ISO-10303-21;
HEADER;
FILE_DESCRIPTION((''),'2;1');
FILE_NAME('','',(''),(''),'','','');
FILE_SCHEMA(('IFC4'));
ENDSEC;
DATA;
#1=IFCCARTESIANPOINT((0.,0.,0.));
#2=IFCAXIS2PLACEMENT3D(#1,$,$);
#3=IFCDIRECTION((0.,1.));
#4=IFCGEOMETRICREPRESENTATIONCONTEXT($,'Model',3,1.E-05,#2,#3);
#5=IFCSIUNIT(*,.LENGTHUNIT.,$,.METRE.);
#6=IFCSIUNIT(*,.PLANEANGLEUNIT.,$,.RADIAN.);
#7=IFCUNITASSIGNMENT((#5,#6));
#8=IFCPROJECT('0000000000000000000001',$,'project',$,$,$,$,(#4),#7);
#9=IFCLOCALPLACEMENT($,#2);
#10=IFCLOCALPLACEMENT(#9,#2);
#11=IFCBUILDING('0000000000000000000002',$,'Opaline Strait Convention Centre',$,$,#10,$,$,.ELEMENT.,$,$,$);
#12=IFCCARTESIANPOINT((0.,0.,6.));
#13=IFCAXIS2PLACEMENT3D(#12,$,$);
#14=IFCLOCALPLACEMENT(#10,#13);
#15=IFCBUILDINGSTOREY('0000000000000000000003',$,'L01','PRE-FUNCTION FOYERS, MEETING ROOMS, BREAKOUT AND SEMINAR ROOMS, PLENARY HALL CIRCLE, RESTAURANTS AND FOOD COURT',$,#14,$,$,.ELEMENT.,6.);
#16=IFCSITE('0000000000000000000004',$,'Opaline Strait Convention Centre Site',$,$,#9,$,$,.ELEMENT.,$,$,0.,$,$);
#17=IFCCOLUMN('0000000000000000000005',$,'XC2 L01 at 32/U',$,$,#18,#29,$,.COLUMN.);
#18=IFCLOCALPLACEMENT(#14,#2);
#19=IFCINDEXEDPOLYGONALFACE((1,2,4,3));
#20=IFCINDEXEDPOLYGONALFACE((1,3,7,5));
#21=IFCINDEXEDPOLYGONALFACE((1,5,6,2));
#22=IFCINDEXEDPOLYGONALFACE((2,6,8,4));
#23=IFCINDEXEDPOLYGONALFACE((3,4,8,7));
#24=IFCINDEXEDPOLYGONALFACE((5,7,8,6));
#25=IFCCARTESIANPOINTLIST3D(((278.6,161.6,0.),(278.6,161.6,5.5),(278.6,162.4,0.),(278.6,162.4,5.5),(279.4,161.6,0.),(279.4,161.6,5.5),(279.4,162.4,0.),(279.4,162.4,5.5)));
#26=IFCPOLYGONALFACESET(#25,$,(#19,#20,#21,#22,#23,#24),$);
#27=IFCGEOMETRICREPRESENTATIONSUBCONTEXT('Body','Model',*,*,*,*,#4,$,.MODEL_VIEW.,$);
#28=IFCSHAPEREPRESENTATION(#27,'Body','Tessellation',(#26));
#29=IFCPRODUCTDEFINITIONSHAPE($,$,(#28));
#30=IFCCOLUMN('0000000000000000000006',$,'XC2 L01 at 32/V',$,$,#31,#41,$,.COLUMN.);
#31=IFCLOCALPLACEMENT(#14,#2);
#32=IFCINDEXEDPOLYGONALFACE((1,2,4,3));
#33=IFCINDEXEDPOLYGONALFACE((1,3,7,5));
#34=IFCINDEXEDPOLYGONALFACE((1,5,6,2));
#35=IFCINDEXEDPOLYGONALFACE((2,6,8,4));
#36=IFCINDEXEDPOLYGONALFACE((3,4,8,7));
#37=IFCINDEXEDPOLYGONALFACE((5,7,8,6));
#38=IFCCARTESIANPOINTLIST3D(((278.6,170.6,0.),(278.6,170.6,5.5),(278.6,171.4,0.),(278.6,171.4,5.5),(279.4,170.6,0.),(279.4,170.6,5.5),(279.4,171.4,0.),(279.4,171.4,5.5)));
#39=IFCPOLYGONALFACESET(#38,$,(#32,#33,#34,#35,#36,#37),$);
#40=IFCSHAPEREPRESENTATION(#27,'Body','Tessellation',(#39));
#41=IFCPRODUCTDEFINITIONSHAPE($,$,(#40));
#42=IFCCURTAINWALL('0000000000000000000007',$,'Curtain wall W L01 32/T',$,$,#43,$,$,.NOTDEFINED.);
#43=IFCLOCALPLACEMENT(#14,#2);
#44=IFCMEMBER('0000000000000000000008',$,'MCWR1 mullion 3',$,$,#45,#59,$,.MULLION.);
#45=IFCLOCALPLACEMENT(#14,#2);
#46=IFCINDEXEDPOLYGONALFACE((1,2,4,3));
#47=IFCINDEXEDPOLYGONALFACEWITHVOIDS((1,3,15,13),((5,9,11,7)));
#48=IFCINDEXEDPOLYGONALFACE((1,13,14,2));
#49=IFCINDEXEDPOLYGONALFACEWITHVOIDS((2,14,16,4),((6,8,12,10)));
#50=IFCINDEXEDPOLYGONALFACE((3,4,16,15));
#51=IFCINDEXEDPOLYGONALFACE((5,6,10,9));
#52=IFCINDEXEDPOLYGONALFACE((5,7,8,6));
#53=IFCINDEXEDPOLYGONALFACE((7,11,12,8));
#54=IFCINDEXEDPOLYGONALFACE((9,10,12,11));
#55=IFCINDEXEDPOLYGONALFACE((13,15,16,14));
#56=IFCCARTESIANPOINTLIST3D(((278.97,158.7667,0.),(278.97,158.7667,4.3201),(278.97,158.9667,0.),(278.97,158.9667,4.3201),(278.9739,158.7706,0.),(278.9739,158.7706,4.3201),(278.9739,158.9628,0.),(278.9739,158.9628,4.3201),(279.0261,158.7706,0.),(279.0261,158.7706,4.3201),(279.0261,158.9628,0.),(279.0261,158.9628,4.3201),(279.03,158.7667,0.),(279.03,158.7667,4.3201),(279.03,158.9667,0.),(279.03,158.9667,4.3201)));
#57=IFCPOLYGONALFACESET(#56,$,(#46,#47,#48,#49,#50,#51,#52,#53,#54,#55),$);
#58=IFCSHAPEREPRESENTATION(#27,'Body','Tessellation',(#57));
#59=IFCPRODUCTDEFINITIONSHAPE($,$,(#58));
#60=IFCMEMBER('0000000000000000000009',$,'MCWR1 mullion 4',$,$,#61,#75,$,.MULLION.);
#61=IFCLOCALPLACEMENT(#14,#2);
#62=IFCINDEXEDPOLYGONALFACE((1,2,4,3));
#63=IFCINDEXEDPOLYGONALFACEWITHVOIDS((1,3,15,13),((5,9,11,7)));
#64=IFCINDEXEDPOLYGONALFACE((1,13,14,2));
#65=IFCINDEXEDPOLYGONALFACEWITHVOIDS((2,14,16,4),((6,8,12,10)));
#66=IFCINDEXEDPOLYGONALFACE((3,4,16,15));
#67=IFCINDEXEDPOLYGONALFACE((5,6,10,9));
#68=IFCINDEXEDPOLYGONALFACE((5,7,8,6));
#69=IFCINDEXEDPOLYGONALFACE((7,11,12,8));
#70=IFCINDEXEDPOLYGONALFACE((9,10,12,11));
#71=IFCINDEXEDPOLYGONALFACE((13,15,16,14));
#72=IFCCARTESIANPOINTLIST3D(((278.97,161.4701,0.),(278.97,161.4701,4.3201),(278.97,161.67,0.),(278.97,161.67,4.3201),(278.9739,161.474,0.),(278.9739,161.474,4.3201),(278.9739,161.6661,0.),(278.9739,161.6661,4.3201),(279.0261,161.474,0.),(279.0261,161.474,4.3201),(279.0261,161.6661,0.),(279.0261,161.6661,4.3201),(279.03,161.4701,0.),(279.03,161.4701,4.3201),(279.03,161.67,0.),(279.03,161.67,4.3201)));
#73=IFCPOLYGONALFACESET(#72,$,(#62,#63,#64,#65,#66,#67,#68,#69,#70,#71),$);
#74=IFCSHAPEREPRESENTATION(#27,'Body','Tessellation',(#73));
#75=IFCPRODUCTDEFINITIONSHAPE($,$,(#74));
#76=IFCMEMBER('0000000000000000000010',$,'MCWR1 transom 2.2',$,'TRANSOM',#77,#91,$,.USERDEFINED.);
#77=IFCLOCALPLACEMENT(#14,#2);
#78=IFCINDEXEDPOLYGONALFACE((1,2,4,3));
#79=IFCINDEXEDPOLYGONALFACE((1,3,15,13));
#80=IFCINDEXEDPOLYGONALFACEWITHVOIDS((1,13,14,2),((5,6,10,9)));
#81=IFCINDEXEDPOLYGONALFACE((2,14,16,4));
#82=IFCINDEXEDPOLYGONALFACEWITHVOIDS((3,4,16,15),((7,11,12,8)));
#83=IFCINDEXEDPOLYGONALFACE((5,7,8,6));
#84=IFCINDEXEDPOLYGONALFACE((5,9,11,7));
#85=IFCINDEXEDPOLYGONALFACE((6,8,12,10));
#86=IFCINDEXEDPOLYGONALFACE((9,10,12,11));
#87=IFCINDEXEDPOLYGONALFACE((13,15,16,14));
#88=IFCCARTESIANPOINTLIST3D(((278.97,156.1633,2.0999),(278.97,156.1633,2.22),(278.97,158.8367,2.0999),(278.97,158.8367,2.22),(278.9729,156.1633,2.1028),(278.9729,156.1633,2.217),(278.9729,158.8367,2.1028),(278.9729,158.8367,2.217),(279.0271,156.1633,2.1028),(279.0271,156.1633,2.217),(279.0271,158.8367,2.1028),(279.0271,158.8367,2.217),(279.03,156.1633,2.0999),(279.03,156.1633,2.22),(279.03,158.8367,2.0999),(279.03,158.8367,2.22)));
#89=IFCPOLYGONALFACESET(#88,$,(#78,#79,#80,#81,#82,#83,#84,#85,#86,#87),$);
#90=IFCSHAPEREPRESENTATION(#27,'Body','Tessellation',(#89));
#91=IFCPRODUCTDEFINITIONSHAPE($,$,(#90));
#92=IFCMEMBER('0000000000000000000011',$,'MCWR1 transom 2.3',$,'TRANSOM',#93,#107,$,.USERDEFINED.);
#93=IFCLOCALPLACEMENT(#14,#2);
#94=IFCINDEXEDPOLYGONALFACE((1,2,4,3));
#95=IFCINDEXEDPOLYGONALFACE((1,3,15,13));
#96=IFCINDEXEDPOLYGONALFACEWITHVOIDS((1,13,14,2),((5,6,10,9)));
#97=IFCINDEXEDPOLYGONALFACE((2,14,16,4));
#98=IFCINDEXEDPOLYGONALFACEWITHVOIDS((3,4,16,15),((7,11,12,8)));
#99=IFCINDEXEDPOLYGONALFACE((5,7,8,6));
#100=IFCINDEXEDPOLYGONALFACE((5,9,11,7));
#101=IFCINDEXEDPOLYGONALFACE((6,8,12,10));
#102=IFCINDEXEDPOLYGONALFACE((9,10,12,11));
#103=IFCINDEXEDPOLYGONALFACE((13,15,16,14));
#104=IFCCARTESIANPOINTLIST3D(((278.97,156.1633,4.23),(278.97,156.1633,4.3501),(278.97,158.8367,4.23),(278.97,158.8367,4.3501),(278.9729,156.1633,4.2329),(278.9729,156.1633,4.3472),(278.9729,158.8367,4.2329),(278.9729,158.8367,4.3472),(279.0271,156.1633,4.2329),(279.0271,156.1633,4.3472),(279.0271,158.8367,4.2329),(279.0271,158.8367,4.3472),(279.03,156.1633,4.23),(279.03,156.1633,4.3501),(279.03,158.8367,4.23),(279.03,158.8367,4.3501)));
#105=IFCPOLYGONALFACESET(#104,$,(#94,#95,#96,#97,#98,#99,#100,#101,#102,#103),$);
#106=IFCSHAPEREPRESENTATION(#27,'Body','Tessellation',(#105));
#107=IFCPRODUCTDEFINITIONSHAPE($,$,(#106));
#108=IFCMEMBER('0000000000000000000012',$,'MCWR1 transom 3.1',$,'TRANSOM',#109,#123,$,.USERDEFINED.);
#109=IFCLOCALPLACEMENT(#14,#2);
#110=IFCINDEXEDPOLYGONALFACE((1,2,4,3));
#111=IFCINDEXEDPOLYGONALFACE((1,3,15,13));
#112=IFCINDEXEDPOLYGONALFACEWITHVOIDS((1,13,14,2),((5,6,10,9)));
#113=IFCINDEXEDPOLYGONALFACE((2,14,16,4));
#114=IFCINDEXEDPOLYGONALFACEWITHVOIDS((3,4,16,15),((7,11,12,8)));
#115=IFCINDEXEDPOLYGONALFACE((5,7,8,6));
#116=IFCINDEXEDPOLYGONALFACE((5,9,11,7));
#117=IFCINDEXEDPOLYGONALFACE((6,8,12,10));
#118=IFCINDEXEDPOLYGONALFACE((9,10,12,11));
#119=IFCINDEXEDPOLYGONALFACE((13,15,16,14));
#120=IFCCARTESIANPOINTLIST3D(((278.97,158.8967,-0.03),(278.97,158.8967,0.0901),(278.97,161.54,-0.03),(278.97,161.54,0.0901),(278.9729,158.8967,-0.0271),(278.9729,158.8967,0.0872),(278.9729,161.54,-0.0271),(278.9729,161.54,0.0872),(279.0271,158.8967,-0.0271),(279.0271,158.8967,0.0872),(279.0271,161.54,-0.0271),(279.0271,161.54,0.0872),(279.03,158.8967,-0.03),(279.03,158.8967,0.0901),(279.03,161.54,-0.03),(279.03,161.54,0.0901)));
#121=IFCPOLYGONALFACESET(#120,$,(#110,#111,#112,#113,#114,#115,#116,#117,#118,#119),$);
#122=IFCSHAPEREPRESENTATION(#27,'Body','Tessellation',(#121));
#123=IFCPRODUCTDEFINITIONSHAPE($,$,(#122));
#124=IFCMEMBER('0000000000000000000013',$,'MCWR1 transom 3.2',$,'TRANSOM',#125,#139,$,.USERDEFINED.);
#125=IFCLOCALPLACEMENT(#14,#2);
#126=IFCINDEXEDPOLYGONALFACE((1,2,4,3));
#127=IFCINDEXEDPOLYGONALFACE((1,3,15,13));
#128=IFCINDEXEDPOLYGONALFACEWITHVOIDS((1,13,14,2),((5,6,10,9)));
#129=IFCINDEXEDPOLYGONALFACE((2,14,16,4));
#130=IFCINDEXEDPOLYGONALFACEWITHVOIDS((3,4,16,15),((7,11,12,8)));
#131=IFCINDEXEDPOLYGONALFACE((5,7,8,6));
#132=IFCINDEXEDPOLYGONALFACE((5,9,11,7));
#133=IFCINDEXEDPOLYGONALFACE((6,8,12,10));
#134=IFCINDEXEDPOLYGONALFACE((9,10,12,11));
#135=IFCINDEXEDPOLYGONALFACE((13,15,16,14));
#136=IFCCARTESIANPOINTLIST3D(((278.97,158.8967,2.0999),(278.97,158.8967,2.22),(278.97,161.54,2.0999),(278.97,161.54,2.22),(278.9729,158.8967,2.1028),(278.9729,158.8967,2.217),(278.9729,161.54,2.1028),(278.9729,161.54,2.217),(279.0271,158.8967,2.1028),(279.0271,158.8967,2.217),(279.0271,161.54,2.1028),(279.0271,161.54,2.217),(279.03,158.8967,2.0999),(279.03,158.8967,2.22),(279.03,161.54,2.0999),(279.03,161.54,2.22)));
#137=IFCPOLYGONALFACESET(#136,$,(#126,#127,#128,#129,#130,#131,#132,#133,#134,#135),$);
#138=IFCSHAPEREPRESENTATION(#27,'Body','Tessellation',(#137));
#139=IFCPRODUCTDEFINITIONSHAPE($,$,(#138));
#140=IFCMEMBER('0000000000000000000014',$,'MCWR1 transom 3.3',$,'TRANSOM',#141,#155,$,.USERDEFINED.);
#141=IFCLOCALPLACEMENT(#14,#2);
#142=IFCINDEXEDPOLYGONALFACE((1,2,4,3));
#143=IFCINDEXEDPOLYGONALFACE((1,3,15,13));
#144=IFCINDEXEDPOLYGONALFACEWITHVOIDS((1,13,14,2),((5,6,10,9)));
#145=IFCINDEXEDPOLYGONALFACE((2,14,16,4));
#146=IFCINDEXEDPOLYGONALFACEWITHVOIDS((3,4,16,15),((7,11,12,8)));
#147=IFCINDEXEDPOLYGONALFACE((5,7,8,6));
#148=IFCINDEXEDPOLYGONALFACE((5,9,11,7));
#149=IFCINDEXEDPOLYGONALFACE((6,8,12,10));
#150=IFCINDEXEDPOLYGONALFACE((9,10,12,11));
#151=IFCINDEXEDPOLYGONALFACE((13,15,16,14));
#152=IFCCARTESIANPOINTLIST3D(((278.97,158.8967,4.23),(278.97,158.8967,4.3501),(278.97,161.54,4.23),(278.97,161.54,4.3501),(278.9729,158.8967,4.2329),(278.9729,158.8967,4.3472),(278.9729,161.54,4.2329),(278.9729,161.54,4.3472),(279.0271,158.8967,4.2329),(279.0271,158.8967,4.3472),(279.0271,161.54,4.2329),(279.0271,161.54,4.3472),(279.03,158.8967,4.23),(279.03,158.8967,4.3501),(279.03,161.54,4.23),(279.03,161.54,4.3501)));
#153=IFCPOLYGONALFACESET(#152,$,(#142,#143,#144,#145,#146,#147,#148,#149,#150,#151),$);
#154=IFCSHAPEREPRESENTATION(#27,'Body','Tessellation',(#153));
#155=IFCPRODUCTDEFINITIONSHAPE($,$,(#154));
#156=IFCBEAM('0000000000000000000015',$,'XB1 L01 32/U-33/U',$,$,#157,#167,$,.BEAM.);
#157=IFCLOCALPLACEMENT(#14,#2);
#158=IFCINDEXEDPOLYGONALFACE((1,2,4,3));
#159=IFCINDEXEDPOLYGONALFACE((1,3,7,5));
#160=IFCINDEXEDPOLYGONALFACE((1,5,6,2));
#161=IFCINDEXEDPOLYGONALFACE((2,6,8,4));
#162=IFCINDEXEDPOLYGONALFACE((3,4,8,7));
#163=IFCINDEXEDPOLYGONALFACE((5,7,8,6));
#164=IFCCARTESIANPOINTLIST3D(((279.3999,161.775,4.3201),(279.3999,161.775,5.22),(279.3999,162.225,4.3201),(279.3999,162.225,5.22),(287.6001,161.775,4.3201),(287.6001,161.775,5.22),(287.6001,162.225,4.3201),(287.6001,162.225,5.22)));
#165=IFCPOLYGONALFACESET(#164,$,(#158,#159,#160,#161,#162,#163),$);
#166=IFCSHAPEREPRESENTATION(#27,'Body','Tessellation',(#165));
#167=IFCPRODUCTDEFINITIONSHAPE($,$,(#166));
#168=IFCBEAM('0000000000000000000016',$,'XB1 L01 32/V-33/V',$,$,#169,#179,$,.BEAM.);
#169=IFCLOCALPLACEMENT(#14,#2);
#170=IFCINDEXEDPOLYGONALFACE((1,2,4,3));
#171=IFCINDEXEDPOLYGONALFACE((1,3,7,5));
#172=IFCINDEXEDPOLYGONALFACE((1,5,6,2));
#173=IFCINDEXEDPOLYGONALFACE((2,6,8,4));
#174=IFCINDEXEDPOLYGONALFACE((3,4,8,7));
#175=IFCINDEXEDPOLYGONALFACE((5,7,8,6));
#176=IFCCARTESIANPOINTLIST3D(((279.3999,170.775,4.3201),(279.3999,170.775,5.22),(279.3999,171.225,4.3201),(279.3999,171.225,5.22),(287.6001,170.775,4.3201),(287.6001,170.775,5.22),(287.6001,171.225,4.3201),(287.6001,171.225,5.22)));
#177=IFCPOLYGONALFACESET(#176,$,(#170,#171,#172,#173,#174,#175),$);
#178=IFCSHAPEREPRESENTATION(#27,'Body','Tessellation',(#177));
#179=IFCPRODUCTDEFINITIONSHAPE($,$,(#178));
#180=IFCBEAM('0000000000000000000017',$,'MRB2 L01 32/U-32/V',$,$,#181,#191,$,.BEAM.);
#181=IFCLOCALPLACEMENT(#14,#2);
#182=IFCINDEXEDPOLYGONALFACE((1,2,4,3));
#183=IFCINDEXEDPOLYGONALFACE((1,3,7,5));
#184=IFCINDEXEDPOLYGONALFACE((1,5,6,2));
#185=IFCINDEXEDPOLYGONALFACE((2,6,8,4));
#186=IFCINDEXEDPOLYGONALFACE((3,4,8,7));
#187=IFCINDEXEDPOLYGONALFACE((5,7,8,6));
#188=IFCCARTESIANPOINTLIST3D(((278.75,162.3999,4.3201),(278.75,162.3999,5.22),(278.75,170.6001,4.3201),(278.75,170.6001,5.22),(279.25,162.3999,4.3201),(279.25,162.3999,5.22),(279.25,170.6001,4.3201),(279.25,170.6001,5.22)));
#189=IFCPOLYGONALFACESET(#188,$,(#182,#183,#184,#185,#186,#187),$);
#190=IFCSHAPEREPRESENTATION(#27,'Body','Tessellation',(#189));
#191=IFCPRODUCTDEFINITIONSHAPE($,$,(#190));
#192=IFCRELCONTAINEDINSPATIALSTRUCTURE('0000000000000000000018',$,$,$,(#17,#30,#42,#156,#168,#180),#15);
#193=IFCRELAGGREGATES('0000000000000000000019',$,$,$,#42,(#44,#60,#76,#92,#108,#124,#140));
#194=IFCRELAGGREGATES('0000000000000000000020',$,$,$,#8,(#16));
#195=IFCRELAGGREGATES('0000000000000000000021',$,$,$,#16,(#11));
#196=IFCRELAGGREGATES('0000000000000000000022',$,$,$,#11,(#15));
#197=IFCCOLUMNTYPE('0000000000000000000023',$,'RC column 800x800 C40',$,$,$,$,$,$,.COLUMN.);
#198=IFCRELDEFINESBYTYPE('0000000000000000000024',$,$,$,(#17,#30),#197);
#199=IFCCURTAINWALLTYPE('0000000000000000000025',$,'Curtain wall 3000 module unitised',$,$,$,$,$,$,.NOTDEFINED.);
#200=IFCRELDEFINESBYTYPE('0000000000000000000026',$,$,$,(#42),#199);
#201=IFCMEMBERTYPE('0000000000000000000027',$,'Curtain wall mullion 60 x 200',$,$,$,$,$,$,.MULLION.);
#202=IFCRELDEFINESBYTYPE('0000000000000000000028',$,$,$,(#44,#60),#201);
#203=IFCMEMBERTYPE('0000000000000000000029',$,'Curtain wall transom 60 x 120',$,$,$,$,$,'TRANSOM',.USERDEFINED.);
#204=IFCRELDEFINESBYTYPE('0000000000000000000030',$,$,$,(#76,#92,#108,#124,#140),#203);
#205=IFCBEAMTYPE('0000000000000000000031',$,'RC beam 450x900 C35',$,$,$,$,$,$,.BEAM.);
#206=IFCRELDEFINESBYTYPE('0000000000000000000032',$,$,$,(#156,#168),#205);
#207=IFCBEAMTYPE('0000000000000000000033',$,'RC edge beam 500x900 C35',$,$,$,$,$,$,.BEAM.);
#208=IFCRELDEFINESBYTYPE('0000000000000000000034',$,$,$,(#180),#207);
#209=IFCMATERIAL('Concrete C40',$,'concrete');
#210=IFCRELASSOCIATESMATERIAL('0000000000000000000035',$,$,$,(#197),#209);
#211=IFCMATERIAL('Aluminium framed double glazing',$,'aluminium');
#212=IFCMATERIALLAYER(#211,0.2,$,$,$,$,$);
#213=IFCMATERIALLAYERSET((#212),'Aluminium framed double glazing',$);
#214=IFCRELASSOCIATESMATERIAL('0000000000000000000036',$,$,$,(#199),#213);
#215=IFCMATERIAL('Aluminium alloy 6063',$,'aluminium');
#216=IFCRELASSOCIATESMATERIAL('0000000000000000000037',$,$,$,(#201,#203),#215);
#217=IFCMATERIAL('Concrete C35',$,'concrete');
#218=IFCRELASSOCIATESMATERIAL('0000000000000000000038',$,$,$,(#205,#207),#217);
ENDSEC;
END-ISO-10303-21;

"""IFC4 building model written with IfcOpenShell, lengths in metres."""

from ifc_helpers import new_model, si_unit, direction, frame, origin, origin_2d, place, context, subcontext, project, spatial, rectangle, hollow_rectangle, extrude, material, layer, layer_set, material_profile, profile_set, type_object, element, aggregate, save


model = new_model("IFC4")

# Units and contexts
model_context = context("Model", 3, precision=1e-05, world=origin(), true_north=direction((0.0, 1.0)))
body_context = subcontext(model_context, "Body", "Model", "MODEL_VIEW")
ifc_project = project(units=[si_unit("LENGTHUNIT", "METRE"), si_unit("PLANEANGLEUNIT", "RADIAN")], contexts=[model_context])

# Site, building, storey
site_placement = place(None, origin())
site = spatial("IfcSite", under=ifc_project, at=site_placement, Name="Opaline Strait Convention Centre Site", CompositionType="ELEMENT", RefElevation=0.0)
building_placement = place(site_placement, origin())
building = spatial("IfcBuilding", under=site, at=building_placement, Name="Opaline Strait Convention Centre", CompositionType="ELEMENT")
storey_placement = place(building_placement, frame((0.0, 0.0, 6.0)))
storey = spatial("IfcBuildingStorey", under=building, at=storey_placement, Name="L01", Description="PRE-FUNCTION FOYERS, MEETING ROOMS, BREAKOUT AND SEMINAR ROOMS, PLENARY HALL CIRCLE, RESTAURANTS AND FOOD COURT", CompositionType="ELEMENT", Elevation=6.0)

# Columns
ifc_material_1 = material(Name="Concrete C40", Category="concrete")
ifc_material_profile_1 = material_profile(ifc_material_1, rectangle(XDim=0.8, YDim=0.8, at=origin_2d()), Name="RC 800x800")
ifc_profile_set_1 = profile_set([ifc_material_profile_1], Name="Concrete C40")
column_type = type_object("IfcColumnType", Name="RC column 800x800 C40", PredefinedType="COLUMN", material=ifc_profile_set_1)
for number, where, z_axis, x_axis, name in (
    (1, (279.0, 162.0, 0.0), (0.0, 0.0, 1.0), (1.0, 0.0, 0.0), "XC2 L01 at 32/U"),
    (2, (279.0, 171.0, 0.0), (0.0, 0.0, 1.0), (1.0, 0.0, 0.0), "XC2 L01 at 32/V"),
):
    element("IfcColumn", number, at=place(storey_placement, frame(where, z_axis=z_axis, x_axis=x_axis)), inside=storey, type_object=column_type, Name=name, PredefinedType="COLUMN", context=body_context, shape_type="SweptSolid", body=[
        extrude(rectangle(XDim=0.8, YDim=0.8, at=origin_2d()), origin(), (0.0, 0.0, 1.0), 5.5),
    ])

# Curtain wall, members
ifc_material_2 = material(Name="Aluminium framed double glazing", Category="aluminium")
ifc_layer_1 = layer(ifc_material_2, 0.2)
ifc_layer_set_1 = layer_set([ifc_layer_1], Name="Aluminium framed double glazing")
curtain_wall_type = type_object("IfcCurtainWallType", Name="Curtain wall 3000 module unitised", PredefinedType="NOTDEFINED", material=ifc_layer_set_1)
curtain_wall_placement = place(storey_placement, origin())
curtain_wall = element("IfcCurtainWall", 3, at=curtain_wall_placement, inside=storey, type_object=curtain_wall_type, Name="Curtain wall W L01 32/T", PredefinedType="NOTDEFINED")
ifc_material_3 = material(Name="Aluminium alloy 6063", Category="aluminium")
ifc_material_profile_2 = material_profile(ifc_material_3, hollow_rectangle(XDim=0.0601, YDim=0.2, WallThickness=0.0039, at=origin_2d()), Name="MULLION 60x200x4")
ifc_profile_set_2 = profile_set([ifc_material_profile_2], Name="Aluminium alloy 6063")
member_type_1 = type_object("IfcMemberType", Name="Curtain wall mullion 60 x 200", PredefinedType="MULLION", material=ifc_profile_set_2)
member_1_placement = place(storey_placement, frame((279.0, 158.8667, 0.0), z_axis=(0.0, 0.0, 1.0), x_axis=(-1.0, 0.0, 0.0)))
member_1 = element("IfcMember", 4, at=member_1_placement, type_object=member_type_1, Name="MCWR1 mullion 3", PredefinedType="MULLION", context=body_context, shape_type="SweptSolid", body=[
    extrude(hollow_rectangle(XDim=0.0601, YDim=0.2, WallThickness=0.0039, at=origin_2d()), origin(), (0.0, 0.0, 1.0), 4.3201),
])
member_2_placement = place(storey_placement, frame((279.0, 161.5701, 0.0), z_axis=(0.0, 0.0, 1.0), x_axis=(-1.0, 0.0, 0.0)))
member_2 = element("IfcMember", 5, at=member_2_placement, type_object=member_type_1, Name="MCWR1 mullion 4", PredefinedType="MULLION", context=body_context, shape_type="SweptSolid", body=[
    extrude(hollow_rectangle(XDim=0.0601, YDim=0.2, WallThickness=0.0039, at=origin_2d()), origin(), (0.0, 0.0, 1.0), 4.3201),
])
ifc_material_profile_3 = material_profile(ifc_material_3, hollow_rectangle(XDim=0.0601, YDim=0.1201, WallThickness=0.0029, at=origin_2d()), Name="TRANSOM 60x120x3")
ifc_profile_set_3 = profile_set([ifc_material_profile_3], Name="Aluminium alloy 6063")
member_type_2 = type_object("IfcMemberType", Name="Curtain wall transom 60 x 120", ElementType="TRANSOM", PredefinedType="USERDEFINED", material=ifc_profile_set_3)
member_3_placement = place(storey_placement, frame((279.0, 156.1633, 2.1599), z_axis=(0.0, 1.0, 0.0), x_axis=(-1.0, 0.0, 0.0)))
member_3 = element("IfcMember", 6, at=member_3_placement, type_object=member_type_2, Name="MCWR1 transom 2.2", ObjectType="TRANSOM", PredefinedType="USERDEFINED", context=body_context, shape_type="SweptSolid", body=[
    extrude(hollow_rectangle(XDim=0.0601, YDim=0.1201, WallThickness=0.0029, at=origin_2d()), origin(), (0.0, 0.0, 1.0), 2.6733),
])
member_4_placement = place(storey_placement, frame((279.0, 156.1633, 4.29), z_axis=(0.0, 1.0, 0.0), x_axis=(-1.0, 0.0, 0.0)))
member_4 = element("IfcMember", 7, at=member_4_placement, type_object=member_type_2, Name="MCWR1 transom 2.3", ObjectType="TRANSOM", PredefinedType="USERDEFINED", context=body_context, shape_type="SweptSolid", body=[
    extrude(hollow_rectangle(XDim=0.0601, YDim=0.1201, WallThickness=0.0029, at=origin_2d()), origin(), (0.0, 0.0, 1.0), 2.6733),
])
member_5_placement = place(storey_placement, frame((279.0, 158.8967, 0.03), z_axis=(0.0, 1.0, 0.0), x_axis=(-1.0, 0.0, 0.0)))
member_5 = element("IfcMember", 8, at=member_5_placement, type_object=member_type_2, Name="MCWR1 transom 3.1", ObjectType="TRANSOM", PredefinedType="USERDEFINED", context=body_context, shape_type="SweptSolid", body=[
    extrude(hollow_rectangle(XDim=0.0601, YDim=0.1201, WallThickness=0.0029, at=origin_2d()), origin(), (0.0, 0.0, 1.0), 2.6433),
])
member_6_placement = place(storey_placement, frame((279.0, 158.8967, 2.1599), z_axis=(0.0, 1.0, 0.0), x_axis=(-1.0, 0.0, 0.0)))
member_6 = element("IfcMember", 9, at=member_6_placement, type_object=member_type_2, Name="MCWR1 transom 3.2", ObjectType="TRANSOM", PredefinedType="USERDEFINED", context=body_context, shape_type="SweptSolid", body=[
    extrude(hollow_rectangle(XDim=0.0601, YDim=0.1201, WallThickness=0.0029, at=origin_2d()), origin(), (0.0, 0.0, 1.0), 2.6433),
])
member_7_placement = place(storey_placement, frame((279.0, 158.8967, 4.29), z_axis=(0.0, 1.0, 0.0), x_axis=(-1.0, 0.0, 0.0)))
member_7 = element("IfcMember", 10, at=member_7_placement, type_object=member_type_2, Name="MCWR1 transom 3.3", ObjectType="TRANSOM", PredefinedType="USERDEFINED", context=body_context, shape_type="SweptSolid", body=[
    extrude(hollow_rectangle(XDim=0.0601, YDim=0.1201, WallThickness=0.0029, at=origin_2d()), origin(), (0.0, 0.0, 1.0), 2.6433),
])

# Beams
ifc_material_4 = material(Name="Concrete C35", Category="concrete")
ifc_material_profile_4 = material_profile(ifc_material_4, rectangle(XDim=0.45, YDim=0.8999, at=origin_2d()), Name="RC 450x900")
ifc_profile_set_4 = profile_set([ifc_material_profile_4], Name="Concrete C35")
beam_type_1 = type_object("IfcBeamType", Name="RC beam 450x900 C35", PredefinedType="BEAM", material=ifc_profile_set_4)
for number, where, z_axis, x_axis, name in (
    (11, (279.3999, 162.0, 4.77), (1.0, 0.0, 0.0), (0.0, 1.0, 0.0), "XB1 L01 32/U-33/U"),
    (12, (279.3999, 171.0, 4.77), (1.0, 0.0, 0.0), (0.0, 1.0, 0.0), "XB1 L01 32/V-33/V"),
):
    element("IfcBeam", number, at=place(storey_placement, frame(where, z_axis=z_axis, x_axis=x_axis)), inside=storey, type_object=beam_type_1, Name=name, PredefinedType="BEAM", context=body_context, shape_type="SweptSolid", body=[
        extrude(rectangle(XDim=0.45, YDim=0.8999, at=origin_2d()), origin(), (0.0, 0.0, 1.0), 8.2002),
    ])
ifc_material_profile_5 = material_profile(ifc_material_4, rectangle(XDim=0.5, YDim=0.8999, at=origin_2d()), Name="RC 500x900")
ifc_profile_set_5 = profile_set([ifc_material_profile_5], Name="Concrete C35")
beam_type_2 = type_object("IfcBeamType", Name="RC edge beam 500x900 C35", PredefinedType="BEAM", material=ifc_profile_set_5)
for number, where, z_axis, x_axis, name in (
    (13, (279.0, 162.3999, 4.77), (0.0, 1.0, 0.0), (-1.0, 0.0, 0.0), "MRB2 L01 32/U-32/V"),
):
    element("IfcBeam", number, at=place(storey_placement, frame(where, z_axis=z_axis, x_axis=x_axis)), inside=storey, type_object=beam_type_2, Name=name, PredefinedType="BEAM", context=body_context, shape_type="SweptSolid", body=[
        extrude(rectangle(XDim=0.5, YDim=0.8999, at=origin_2d()), origin(), (0.0, 0.0, 1.0), 8.2002),
    ])

aggregate(curtain_wall, [member_1, member_2, member_3, member_4, member_5, member_6, member_7])

save(model, "model.ifc")
